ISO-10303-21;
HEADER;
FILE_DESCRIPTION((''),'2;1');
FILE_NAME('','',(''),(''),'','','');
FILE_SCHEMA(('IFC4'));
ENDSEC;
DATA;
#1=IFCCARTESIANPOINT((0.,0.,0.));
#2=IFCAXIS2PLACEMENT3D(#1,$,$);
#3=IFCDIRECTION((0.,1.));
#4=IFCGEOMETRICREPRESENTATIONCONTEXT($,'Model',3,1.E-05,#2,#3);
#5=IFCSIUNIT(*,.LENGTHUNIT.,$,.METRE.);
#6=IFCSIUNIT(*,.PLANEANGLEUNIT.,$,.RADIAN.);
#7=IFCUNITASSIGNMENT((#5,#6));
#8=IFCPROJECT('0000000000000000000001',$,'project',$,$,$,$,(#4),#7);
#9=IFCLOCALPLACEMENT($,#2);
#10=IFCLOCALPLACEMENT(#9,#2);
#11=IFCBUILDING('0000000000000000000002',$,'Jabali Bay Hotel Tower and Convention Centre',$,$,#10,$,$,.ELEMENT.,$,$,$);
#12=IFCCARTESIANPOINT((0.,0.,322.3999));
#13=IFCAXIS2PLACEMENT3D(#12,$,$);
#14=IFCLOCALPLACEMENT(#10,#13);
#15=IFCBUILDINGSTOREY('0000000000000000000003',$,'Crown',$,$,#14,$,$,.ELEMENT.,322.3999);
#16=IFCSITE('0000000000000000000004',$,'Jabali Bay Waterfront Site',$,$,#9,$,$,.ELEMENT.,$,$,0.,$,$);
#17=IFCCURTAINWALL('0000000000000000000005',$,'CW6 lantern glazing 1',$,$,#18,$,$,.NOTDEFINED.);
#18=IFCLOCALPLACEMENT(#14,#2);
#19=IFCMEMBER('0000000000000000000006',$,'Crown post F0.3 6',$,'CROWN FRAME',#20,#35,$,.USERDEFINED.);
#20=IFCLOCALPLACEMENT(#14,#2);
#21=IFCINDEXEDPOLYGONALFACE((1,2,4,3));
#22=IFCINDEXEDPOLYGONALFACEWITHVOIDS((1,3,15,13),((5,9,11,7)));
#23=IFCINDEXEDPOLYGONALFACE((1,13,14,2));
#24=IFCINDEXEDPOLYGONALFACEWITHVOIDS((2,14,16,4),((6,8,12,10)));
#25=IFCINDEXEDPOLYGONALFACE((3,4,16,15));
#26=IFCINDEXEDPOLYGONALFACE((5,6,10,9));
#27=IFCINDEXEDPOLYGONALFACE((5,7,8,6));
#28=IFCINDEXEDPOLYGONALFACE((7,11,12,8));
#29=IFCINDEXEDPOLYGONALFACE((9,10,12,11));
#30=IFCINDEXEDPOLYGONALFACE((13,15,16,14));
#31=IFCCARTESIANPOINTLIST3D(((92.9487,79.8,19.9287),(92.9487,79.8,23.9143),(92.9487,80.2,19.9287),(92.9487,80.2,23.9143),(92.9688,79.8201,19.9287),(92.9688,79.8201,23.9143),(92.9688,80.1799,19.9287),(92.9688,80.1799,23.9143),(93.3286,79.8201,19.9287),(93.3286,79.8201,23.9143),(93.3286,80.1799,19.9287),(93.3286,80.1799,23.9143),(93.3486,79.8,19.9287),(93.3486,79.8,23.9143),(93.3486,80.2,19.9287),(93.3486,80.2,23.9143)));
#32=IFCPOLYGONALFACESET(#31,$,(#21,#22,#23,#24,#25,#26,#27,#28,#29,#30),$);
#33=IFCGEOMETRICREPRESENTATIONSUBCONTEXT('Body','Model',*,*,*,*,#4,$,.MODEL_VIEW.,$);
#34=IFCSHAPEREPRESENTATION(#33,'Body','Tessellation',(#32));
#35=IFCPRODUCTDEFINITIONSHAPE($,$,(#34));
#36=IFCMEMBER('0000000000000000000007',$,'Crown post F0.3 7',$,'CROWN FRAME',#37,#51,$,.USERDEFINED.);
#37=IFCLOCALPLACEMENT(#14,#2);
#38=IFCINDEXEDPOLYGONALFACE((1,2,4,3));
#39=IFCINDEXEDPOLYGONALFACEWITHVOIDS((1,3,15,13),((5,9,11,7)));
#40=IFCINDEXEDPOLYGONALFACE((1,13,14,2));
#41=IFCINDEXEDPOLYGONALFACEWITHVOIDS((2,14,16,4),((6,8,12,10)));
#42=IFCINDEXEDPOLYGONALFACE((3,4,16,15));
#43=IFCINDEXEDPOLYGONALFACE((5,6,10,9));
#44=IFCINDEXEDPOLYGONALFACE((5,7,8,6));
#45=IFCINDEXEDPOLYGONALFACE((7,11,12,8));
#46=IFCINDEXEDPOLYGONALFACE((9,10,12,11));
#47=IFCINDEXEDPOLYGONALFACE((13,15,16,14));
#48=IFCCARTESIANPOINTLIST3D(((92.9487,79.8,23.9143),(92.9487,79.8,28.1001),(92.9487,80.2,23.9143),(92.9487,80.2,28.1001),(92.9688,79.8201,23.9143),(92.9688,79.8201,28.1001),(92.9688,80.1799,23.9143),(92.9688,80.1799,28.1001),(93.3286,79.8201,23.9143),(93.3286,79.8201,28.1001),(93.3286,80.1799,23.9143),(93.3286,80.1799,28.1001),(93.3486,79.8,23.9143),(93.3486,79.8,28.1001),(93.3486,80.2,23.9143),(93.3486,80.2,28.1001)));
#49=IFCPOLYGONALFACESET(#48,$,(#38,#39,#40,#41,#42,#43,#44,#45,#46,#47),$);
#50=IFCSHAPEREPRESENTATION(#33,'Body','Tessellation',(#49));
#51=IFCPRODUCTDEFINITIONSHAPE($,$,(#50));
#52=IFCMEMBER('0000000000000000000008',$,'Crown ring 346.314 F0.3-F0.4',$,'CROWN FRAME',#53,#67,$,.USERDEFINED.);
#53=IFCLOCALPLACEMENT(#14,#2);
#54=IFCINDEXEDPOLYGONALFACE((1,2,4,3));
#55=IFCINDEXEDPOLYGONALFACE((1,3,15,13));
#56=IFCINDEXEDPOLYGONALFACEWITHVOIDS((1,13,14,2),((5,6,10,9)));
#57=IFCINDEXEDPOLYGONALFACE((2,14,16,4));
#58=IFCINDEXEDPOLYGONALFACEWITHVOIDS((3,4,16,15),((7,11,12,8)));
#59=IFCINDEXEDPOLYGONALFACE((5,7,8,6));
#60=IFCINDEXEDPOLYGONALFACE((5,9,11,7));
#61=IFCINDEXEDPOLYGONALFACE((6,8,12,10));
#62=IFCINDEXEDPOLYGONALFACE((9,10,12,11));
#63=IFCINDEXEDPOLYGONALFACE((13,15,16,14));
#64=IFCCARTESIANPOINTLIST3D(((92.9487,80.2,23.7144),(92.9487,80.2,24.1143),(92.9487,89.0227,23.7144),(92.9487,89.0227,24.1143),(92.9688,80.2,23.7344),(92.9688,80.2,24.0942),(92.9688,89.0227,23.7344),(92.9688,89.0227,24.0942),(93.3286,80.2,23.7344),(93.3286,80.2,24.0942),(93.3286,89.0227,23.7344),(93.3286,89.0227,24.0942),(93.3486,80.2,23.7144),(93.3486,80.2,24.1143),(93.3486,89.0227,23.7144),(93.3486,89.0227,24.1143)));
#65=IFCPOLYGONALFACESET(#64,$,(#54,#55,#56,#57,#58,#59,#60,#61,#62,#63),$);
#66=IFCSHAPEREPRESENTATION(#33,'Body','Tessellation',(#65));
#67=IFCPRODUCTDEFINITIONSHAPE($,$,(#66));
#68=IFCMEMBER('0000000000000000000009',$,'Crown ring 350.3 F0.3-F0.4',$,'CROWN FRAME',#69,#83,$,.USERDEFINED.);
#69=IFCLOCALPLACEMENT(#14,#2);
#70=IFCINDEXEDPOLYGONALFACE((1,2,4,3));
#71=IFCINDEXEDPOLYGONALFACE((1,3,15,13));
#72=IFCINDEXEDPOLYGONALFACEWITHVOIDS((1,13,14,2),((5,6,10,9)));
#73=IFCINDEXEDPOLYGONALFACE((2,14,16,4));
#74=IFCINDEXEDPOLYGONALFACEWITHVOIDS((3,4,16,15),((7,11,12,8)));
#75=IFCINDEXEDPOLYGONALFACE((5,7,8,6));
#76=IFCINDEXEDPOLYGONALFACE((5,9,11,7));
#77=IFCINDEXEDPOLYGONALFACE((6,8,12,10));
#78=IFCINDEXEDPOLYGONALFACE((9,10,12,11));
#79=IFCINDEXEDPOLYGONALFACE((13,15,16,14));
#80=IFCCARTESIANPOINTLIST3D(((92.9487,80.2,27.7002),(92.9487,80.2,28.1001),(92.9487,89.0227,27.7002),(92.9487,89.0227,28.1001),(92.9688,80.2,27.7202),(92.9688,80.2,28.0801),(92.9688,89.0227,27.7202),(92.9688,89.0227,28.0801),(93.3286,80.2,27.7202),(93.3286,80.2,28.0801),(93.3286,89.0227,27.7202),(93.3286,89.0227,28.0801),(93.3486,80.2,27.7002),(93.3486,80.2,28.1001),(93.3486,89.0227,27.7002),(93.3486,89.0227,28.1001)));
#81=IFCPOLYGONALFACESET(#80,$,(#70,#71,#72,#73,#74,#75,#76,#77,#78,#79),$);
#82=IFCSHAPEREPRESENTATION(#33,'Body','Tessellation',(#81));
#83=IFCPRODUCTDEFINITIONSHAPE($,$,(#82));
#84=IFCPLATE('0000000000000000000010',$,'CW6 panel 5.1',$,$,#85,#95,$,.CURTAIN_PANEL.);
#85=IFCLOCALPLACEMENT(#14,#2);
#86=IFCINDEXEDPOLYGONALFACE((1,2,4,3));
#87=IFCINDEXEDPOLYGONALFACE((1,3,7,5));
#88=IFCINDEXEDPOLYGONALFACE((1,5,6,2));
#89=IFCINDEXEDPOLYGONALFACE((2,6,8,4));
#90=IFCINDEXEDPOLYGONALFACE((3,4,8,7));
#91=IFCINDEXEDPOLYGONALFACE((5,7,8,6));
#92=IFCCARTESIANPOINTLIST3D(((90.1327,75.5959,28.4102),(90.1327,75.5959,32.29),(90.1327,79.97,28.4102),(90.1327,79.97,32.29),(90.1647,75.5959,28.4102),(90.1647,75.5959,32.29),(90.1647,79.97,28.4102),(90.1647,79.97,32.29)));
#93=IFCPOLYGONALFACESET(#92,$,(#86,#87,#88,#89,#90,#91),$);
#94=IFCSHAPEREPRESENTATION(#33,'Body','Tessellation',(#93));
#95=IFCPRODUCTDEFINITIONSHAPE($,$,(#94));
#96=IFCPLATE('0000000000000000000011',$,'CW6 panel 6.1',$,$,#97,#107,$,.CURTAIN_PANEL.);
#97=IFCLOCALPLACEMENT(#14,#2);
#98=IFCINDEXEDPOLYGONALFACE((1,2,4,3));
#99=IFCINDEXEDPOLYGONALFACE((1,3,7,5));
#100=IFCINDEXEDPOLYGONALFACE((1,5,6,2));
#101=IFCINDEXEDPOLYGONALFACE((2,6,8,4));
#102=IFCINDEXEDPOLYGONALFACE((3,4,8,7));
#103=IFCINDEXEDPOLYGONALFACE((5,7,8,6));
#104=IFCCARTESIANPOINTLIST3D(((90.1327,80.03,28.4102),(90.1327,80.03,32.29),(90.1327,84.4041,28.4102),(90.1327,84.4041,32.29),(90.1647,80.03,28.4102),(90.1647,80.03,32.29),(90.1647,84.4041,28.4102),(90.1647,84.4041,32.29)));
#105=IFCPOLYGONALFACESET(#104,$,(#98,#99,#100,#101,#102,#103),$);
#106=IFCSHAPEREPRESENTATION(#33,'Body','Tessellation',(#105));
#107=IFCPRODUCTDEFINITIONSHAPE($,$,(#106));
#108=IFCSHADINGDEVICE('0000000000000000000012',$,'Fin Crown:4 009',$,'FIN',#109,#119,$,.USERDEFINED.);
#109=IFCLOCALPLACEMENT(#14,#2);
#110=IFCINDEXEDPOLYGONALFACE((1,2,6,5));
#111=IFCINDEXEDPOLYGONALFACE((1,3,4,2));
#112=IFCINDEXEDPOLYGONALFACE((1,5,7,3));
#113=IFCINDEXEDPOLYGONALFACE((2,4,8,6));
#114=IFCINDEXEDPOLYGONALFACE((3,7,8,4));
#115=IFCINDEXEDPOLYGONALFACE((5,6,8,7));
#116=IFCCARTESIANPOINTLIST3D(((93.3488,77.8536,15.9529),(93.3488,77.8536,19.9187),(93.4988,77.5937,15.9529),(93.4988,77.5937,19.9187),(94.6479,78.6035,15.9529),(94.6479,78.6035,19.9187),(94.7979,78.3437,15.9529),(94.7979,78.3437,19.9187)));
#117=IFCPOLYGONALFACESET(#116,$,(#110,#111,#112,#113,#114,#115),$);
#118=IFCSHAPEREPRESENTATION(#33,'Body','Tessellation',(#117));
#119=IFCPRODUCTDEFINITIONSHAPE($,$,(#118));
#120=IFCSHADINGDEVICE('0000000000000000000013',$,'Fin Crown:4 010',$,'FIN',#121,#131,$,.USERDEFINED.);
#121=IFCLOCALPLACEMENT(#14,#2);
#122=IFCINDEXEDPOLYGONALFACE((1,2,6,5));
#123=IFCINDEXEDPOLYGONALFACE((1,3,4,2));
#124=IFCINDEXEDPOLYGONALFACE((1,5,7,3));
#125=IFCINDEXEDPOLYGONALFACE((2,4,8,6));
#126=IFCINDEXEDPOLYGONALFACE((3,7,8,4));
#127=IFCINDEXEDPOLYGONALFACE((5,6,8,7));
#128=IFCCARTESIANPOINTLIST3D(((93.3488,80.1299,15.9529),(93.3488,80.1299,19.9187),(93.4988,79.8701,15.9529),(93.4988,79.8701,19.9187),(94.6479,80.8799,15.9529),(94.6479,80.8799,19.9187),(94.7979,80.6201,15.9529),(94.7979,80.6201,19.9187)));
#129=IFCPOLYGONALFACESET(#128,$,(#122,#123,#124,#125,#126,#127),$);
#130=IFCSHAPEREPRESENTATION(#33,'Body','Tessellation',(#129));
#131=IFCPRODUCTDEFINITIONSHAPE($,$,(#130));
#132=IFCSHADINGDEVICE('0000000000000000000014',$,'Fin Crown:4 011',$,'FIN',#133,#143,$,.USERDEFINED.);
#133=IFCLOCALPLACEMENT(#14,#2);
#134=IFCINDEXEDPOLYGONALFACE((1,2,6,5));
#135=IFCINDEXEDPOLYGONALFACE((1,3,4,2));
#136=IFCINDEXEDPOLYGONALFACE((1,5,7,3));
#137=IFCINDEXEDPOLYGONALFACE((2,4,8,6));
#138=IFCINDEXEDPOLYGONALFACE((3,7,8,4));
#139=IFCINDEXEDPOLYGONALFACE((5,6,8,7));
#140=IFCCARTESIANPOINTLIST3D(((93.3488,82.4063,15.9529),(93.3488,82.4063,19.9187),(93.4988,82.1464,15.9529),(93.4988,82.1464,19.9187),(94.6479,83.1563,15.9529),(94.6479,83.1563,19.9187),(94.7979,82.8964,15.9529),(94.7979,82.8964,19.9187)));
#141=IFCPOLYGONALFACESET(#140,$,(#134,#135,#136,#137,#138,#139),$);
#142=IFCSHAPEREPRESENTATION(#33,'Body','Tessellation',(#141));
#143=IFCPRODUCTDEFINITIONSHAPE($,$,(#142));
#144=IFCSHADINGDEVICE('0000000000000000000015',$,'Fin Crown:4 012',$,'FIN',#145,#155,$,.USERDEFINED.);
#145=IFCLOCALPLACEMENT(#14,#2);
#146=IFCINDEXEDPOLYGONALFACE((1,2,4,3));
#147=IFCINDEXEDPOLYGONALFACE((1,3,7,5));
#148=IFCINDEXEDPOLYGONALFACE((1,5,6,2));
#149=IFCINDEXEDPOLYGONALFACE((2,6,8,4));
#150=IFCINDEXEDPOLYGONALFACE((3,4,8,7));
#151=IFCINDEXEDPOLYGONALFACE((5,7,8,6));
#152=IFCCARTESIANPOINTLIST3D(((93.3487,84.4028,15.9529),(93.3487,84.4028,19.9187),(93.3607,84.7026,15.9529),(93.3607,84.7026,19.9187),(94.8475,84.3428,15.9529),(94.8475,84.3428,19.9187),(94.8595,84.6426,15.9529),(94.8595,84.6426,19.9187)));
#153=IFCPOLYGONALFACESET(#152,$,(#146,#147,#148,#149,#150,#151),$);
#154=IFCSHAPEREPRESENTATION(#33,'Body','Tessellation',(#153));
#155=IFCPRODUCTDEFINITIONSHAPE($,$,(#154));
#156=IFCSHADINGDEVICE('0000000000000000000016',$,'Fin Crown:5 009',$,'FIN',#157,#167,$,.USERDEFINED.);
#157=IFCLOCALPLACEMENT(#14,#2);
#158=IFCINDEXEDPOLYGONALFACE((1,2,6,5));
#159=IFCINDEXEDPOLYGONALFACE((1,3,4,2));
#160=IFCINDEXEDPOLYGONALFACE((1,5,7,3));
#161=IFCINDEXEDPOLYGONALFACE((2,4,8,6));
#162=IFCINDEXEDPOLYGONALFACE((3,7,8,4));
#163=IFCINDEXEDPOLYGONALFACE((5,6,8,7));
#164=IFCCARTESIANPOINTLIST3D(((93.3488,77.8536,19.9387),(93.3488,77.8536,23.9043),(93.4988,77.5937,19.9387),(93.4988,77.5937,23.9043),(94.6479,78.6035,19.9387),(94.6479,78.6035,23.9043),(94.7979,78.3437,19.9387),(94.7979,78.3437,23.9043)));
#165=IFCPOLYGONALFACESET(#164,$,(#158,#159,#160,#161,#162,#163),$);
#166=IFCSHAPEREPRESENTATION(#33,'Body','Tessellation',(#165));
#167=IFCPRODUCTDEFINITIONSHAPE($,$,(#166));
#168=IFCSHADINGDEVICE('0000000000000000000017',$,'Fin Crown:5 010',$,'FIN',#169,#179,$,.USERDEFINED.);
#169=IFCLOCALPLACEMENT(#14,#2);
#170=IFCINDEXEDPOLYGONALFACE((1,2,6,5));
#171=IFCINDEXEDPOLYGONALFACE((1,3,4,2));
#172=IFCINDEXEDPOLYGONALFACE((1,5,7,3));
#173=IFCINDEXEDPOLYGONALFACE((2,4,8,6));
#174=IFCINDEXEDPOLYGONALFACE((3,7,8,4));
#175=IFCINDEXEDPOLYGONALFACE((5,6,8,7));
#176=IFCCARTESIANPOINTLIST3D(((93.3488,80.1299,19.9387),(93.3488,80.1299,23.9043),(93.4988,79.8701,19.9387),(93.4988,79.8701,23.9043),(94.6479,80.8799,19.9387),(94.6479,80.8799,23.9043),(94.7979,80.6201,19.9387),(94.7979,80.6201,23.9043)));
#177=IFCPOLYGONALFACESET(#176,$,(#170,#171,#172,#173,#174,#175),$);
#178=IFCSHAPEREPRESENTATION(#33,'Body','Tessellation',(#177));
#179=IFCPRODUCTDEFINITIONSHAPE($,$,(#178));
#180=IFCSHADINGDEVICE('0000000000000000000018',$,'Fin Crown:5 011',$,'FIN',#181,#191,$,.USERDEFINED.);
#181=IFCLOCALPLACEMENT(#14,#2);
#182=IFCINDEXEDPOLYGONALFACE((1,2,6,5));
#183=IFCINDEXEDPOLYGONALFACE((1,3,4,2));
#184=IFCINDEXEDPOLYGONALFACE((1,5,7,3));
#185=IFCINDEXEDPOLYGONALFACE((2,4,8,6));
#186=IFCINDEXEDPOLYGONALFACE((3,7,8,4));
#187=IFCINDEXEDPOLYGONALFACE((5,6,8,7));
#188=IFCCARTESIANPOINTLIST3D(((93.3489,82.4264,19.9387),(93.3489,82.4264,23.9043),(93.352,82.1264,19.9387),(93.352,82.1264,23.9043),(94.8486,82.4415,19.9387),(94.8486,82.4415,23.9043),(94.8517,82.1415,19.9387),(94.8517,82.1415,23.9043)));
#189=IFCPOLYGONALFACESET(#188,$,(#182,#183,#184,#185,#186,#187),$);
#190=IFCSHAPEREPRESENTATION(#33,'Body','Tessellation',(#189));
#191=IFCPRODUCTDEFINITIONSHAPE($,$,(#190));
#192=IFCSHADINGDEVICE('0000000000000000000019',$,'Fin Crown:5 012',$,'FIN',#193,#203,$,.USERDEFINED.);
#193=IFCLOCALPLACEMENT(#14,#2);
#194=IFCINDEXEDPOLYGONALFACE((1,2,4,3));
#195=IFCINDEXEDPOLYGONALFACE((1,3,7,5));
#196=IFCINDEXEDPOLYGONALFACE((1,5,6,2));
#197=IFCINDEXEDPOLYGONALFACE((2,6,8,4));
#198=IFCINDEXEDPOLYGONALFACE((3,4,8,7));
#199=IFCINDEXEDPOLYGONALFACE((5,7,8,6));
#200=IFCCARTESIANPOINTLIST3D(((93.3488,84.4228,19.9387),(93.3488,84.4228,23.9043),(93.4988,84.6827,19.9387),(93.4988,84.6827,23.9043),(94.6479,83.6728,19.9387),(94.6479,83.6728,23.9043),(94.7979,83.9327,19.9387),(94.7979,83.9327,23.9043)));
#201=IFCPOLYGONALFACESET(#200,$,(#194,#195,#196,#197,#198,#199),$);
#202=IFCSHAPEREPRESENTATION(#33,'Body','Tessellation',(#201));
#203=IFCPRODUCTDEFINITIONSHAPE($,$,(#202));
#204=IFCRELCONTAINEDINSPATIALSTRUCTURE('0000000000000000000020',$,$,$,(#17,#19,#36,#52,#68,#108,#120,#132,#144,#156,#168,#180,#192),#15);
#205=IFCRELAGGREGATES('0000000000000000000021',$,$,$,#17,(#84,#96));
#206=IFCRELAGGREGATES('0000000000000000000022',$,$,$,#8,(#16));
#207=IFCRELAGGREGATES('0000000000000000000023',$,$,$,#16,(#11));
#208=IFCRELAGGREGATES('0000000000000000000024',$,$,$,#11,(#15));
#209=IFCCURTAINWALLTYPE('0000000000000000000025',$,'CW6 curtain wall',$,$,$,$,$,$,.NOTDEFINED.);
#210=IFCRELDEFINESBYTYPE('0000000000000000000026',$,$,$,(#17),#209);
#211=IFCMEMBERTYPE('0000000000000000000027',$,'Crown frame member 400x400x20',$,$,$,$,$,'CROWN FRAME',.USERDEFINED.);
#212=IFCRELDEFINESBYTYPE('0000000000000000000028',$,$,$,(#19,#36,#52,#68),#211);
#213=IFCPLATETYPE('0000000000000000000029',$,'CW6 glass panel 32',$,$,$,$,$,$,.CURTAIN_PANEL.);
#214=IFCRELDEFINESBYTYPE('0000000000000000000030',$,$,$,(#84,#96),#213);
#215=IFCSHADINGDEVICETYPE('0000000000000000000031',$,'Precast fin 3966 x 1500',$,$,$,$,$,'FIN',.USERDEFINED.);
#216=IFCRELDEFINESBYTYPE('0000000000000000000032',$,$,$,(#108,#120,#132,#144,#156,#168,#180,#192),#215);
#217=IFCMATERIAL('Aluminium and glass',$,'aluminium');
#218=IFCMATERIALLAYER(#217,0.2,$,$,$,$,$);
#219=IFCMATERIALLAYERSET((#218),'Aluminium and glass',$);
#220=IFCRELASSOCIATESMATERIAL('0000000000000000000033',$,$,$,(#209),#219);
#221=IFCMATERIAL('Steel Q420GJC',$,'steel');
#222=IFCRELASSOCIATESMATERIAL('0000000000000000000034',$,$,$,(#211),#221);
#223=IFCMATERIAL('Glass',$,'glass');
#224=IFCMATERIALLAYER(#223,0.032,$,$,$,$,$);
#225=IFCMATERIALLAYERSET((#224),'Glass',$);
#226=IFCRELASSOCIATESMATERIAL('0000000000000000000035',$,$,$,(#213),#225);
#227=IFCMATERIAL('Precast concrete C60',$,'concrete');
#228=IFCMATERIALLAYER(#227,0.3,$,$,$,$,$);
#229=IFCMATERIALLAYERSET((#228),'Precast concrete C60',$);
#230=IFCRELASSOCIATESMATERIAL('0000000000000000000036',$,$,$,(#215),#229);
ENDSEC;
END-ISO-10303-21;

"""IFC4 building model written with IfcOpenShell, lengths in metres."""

from ifc_helpers import new_model, si_unit, direction, frame, frame_2d, origin, origin_2d, place, context, subcontext, project, spatial, rectangle, hollow_rectangle, extrude, material, layer, layer_set, material_profile, profile_set, type_object, element, aggregate, save


model = new_model("IFC4")

# Units and contexts
model_context = context("Model", 3, precision=1e-05, world=origin(), true_north=direction((0.0, 1.0)))
body_context = subcontext(model_context, "Body", "Model", "MODEL_VIEW")
ifc_project = project(units=[si_unit("LENGTHUNIT", "METRE"), si_unit("PLANEANGLEUNIT", "RADIAN")], contexts=[model_context])

# Site, building, storey
site_placement = place(None, origin())
site = spatial("IfcSite", under=ifc_project, at=site_placement, Name="Jabali Bay Waterfront Site", CompositionType="ELEMENT", RefElevation=0.0)
building_placement = place(site_placement, origin())
building = spatial("IfcBuilding", under=site, at=building_placement, Name="Jabali Bay Hotel Tower and Convention Centre", CompositionType="ELEMENT")
storey_placement = place(building_placement, frame((0.0, 0.0, 322.3999)))
storey = spatial("IfcBuildingStorey", under=building, at=storey_placement, Name="Crown", CompositionType="ELEMENT", Elevation=322.3999)

# Curtain wall
ifc_material_1 = material(Name="Aluminium and glass", Category="aluminium")
ifc_layer_1 = layer(ifc_material_1, 0.2)
ifc_layer_set_1 = layer_set([ifc_layer_1], Name="Aluminium and glass")
curtain_wall_type = type_object("IfcCurtainWallType", Name="CW6 curtain wall", PredefinedType="NOTDEFINED", material=ifc_layer_set_1)
curtain_wall_placement = place(storey_placement, origin())
curtain_wall = element("IfcCurtainWall", 1, at=curtain_wall_placement, inside=storey, type_object=curtain_wall_type, Name="CW6 lantern glazing 1", PredefinedType="NOTDEFINED")

# Members
ifc_material_2 = material(Name="Steel Q420GJC", Category="steel")
ifc_material_profile_1 = material_profile(ifc_material_2, hollow_rectangle(XDim=0.3999, YDim=0.3999, WallThickness=0.02, at=origin_2d()), Name="Crown frame member 400x400x20")
ifc_profile_set_1 = profile_set([ifc_material_profile_1], Name="Steel Q420GJC")
member_type_1 = type_object("IfcMemberType", Name="Crown frame member 400x400x20", ElementType="CROWN FRAME", PredefinedType="USERDEFINED", material=ifc_profile_set_1)
member_1_placement = place(storey_placement, frame((93.1487, 80.0, 19.9287), z_axis=(0.0, 0.0, 1.0), x_axis=(1.0, 0.0, 0.0)))
element("IfcMember", 2, at=member_1_placement, inside=storey, type_object=member_type_1, Name="Crown post F0.3 6", ObjectType="CROWN FRAME", PredefinedType="USERDEFINED", context=body_context, shape_type="SweptSolid", body=[
    extrude(hollow_rectangle(XDim=0.3999, YDim=0.3999, WallThickness=0.02, at=origin_2d()), origin(), (0.0, 0.0, 1.0), 3.9856),
])
member_2_placement = place(storey_placement, frame((93.1487, 80.0, 23.9143), z_axis=(0.0, 0.0, 1.0), x_axis=(1.0, 0.0, 0.0)))
element("IfcMember", 3, at=member_2_placement, inside=storey, type_object=member_type_1, Name="Crown post F0.3 7", ObjectType="CROWN FRAME", PredefinedType="USERDEFINED", context=body_context, shape_type="SweptSolid", body=[
    extrude(hollow_rectangle(XDim=0.3999, YDim=0.3999, WallThickness=0.02, at=origin_2d()), origin(), (0.0, 0.0, 1.0), 4.1858),
])
for number, where, z_axis, x_axis, name in (
    (4, (93.1487, 80.2, 23.9143), (0.0, 1.0, 0.0), (-1.0, 0.0, 0.0), "Crown ring 346.314 F0.3-F0.4"),
    (5, (93.1487, 80.2, 27.9001), (0.0, 1.0, 0.0), (-1.0, 0.0, 0.0), "Crown ring 350.3 F0.3-F0.4"),
):
    element("IfcMember", number, at=place(storey_placement, frame(where, z_axis=z_axis, x_axis=x_axis)), inside=storey, type_object=member_type_1, Name=name, ObjectType="CROWN FRAME", PredefinedType="USERDEFINED", context=body_context, shape_type="SweptSolid", body=[
        extrude(hollow_rectangle(XDim=0.3999, YDim=0.3999, WallThickness=0.02, at=origin_2d()), origin(), (0.0, 0.0, 1.0), 8.8228),
    ])

# Plates
ifc_material_3 = material(Name="Glass", Category="glass")
ifc_layer_2 = layer(ifc_material_3, 0.032)
ifc_layer_set_2 = layer_set([ifc_layer_2], Name="Glass")
plate_type = type_object("IfcPlateType", Name="CW6 glass panel 32", PredefinedType="CURTAIN_PANEL", material=ifc_layer_set_2)
plate_1_placement = place(storey_placement, frame((90.1487, 77.783, 28.4102), z_axis=(0.0, 0.0, 1.0), x_axis=(0.0, 1.0, 0.0)))
plate_1 = element("IfcPlate", 6, at=plate_1_placement, type_object=plate_type, Name="CW6 panel 5.1", PredefinedType="CURTAIN_PANEL", context=body_context, shape_type="SweptSolid", body=[
    extrude(rectangle(XDim=4.374, YDim=0.032, at=origin_2d()), origin(), (0.0, 0.0, 1.0), 3.8799),
])
plate_2_placement = place(storey_placement, frame((90.1487, 82.217, 28.4102), z_axis=(0.0, 0.0, 1.0), x_axis=(0.0, 1.0, 0.0)))
plate_2 = element("IfcPlate", 7, at=plate_2_placement, type_object=plate_type, Name="CW6 panel 6.1", PredefinedType="CURTAIN_PANEL", context=body_context, shape_type="SweptSolid", body=[
    extrude(rectangle(XDim=4.374, YDim=0.032, at=origin_2d()), origin(), (0.0, 0.0, 1.0), 3.8799),
])
aggregate(curtain_wall, [plate_1, plate_2])

# Shading devices
ifc_material_4 = material(Name="Precast concrete C60", Category="concrete")
ifc_layer_3 = layer(ifc_material_4, 0.3)
ifc_layer_set_3 = layer_set([ifc_layer_3], Name="Precast concrete C60")
shading_device_type = type_object("IfcShadingDeviceType", Name="Precast fin 3966 x 1500", ElementType="FIN", PredefinedType="USERDEFINED", material=ifc_layer_set_3)
for number, where, z_axis, x_axis, name in (
    (8, (93.4238, 77.7236, 15.9529), (0.0, 0.0, 1.0), (0.866031, 0.49999, 0.0), "Fin Crown:4 009"),
    (9, (93.4238, 80.0, 15.9529), (0.0, 0.0, 1.0), (0.866031, 0.49999, 0.0), "Fin Crown:4 010"),
    (10, (93.4238, 82.2764, 15.9529), (0.0, 0.0, 1.0), (0.866031, 0.49999, 0.0), "Fin Crown:4 011"),
    (11, (93.3547, 84.5527, 15.9529), (0.0, 0.0, 1.0), (0.999198, -0.04004, 0.0), "Fin Crown:4 012"),
):
    element("IfcShadingDevice", number, at=place(storey_placement, frame(where, z_axis=z_axis, x_axis=x_axis)), inside=storey, type_object=shading_device_type, Name=name, ObjectType="FIN", PredefinedType="USERDEFINED", context=body_context, shape_type="SweptSolid", body=[
        extrude(rectangle(XDim=1.5, YDim=0.3, at=frame_2d((0.75, 0.0))), origin(), (0.0, 0.0, 1.0), 3.9658),
    ])
for number, where, z_axis, x_axis, name in (
    (12, (93.4238, 77.7236, 19.9387), (0.0, 0.0, 1.0), (0.866031, 0.49999, 0.0), "Fin Crown:5 009"),
    (13, (93.4238, 80.0, 19.9387), (0.0, 0.0, 1.0), (0.866031, 0.49999, 0.0), "Fin Crown:5 010"),
):
    element("IfcShadingDevice", number, at=place(storey_placement, frame(where, z_axis=z_axis, x_axis=x_axis)), inside=storey, type_object=shading_device_type, Name=name, ObjectType="FIN", PredefinedType="USERDEFINED", context=body_context, shape_type="SweptSolid", body=[
        extrude(rectangle(XDim=1.5, YDim=0.3, at=frame_2d((0.75, 0.0))), origin(), (0.0, 0.0, 1.0), 3.9656),
    ])
shading_device_1_placement = place(storey_placement, frame((93.3503, 82.2764, 19.9387), z_axis=(0.0, 0.0, 1.0), x_axis=(0.999949, 0.010092, 0.0)))
element("IfcShadingDevice", 14, at=shading_device_1_placement, inside=storey, type_object=shading_device_type, Name="Fin Crown:5 011", ObjectType="FIN", PredefinedType="USERDEFINED", context=body_context, shape_type="SweptSolid", body=[
    extrude(rectangle(XDim=1.4998, YDim=0.3, at=frame_2d((0.75, 0.0))), origin(), (0.0, 0.0, 1.0), 3.9656),
])
shading_device_2_placement = place(storey_placement, frame((93.4238, 84.5527, 19.9387), z_axis=(0.0, 0.0, 1.0), x_axis=(0.866031, -0.49999, 0.0)))
element("IfcShadingDevice", 15, at=shading_device_2_placement, inside=storey, type_object=shading_device_type, Name="Fin Crown:5 012", ObjectType="FIN", PredefinedType="USERDEFINED", context=body_context, shape_type="SweptSolid", body=[
    extrude(rectangle(XDim=1.5, YDim=0.3, at=frame_2d((0.75, 0.0))), origin(), (0.0, 0.0, 1.0), 3.9656),
])

save(model, "model.ifc")
